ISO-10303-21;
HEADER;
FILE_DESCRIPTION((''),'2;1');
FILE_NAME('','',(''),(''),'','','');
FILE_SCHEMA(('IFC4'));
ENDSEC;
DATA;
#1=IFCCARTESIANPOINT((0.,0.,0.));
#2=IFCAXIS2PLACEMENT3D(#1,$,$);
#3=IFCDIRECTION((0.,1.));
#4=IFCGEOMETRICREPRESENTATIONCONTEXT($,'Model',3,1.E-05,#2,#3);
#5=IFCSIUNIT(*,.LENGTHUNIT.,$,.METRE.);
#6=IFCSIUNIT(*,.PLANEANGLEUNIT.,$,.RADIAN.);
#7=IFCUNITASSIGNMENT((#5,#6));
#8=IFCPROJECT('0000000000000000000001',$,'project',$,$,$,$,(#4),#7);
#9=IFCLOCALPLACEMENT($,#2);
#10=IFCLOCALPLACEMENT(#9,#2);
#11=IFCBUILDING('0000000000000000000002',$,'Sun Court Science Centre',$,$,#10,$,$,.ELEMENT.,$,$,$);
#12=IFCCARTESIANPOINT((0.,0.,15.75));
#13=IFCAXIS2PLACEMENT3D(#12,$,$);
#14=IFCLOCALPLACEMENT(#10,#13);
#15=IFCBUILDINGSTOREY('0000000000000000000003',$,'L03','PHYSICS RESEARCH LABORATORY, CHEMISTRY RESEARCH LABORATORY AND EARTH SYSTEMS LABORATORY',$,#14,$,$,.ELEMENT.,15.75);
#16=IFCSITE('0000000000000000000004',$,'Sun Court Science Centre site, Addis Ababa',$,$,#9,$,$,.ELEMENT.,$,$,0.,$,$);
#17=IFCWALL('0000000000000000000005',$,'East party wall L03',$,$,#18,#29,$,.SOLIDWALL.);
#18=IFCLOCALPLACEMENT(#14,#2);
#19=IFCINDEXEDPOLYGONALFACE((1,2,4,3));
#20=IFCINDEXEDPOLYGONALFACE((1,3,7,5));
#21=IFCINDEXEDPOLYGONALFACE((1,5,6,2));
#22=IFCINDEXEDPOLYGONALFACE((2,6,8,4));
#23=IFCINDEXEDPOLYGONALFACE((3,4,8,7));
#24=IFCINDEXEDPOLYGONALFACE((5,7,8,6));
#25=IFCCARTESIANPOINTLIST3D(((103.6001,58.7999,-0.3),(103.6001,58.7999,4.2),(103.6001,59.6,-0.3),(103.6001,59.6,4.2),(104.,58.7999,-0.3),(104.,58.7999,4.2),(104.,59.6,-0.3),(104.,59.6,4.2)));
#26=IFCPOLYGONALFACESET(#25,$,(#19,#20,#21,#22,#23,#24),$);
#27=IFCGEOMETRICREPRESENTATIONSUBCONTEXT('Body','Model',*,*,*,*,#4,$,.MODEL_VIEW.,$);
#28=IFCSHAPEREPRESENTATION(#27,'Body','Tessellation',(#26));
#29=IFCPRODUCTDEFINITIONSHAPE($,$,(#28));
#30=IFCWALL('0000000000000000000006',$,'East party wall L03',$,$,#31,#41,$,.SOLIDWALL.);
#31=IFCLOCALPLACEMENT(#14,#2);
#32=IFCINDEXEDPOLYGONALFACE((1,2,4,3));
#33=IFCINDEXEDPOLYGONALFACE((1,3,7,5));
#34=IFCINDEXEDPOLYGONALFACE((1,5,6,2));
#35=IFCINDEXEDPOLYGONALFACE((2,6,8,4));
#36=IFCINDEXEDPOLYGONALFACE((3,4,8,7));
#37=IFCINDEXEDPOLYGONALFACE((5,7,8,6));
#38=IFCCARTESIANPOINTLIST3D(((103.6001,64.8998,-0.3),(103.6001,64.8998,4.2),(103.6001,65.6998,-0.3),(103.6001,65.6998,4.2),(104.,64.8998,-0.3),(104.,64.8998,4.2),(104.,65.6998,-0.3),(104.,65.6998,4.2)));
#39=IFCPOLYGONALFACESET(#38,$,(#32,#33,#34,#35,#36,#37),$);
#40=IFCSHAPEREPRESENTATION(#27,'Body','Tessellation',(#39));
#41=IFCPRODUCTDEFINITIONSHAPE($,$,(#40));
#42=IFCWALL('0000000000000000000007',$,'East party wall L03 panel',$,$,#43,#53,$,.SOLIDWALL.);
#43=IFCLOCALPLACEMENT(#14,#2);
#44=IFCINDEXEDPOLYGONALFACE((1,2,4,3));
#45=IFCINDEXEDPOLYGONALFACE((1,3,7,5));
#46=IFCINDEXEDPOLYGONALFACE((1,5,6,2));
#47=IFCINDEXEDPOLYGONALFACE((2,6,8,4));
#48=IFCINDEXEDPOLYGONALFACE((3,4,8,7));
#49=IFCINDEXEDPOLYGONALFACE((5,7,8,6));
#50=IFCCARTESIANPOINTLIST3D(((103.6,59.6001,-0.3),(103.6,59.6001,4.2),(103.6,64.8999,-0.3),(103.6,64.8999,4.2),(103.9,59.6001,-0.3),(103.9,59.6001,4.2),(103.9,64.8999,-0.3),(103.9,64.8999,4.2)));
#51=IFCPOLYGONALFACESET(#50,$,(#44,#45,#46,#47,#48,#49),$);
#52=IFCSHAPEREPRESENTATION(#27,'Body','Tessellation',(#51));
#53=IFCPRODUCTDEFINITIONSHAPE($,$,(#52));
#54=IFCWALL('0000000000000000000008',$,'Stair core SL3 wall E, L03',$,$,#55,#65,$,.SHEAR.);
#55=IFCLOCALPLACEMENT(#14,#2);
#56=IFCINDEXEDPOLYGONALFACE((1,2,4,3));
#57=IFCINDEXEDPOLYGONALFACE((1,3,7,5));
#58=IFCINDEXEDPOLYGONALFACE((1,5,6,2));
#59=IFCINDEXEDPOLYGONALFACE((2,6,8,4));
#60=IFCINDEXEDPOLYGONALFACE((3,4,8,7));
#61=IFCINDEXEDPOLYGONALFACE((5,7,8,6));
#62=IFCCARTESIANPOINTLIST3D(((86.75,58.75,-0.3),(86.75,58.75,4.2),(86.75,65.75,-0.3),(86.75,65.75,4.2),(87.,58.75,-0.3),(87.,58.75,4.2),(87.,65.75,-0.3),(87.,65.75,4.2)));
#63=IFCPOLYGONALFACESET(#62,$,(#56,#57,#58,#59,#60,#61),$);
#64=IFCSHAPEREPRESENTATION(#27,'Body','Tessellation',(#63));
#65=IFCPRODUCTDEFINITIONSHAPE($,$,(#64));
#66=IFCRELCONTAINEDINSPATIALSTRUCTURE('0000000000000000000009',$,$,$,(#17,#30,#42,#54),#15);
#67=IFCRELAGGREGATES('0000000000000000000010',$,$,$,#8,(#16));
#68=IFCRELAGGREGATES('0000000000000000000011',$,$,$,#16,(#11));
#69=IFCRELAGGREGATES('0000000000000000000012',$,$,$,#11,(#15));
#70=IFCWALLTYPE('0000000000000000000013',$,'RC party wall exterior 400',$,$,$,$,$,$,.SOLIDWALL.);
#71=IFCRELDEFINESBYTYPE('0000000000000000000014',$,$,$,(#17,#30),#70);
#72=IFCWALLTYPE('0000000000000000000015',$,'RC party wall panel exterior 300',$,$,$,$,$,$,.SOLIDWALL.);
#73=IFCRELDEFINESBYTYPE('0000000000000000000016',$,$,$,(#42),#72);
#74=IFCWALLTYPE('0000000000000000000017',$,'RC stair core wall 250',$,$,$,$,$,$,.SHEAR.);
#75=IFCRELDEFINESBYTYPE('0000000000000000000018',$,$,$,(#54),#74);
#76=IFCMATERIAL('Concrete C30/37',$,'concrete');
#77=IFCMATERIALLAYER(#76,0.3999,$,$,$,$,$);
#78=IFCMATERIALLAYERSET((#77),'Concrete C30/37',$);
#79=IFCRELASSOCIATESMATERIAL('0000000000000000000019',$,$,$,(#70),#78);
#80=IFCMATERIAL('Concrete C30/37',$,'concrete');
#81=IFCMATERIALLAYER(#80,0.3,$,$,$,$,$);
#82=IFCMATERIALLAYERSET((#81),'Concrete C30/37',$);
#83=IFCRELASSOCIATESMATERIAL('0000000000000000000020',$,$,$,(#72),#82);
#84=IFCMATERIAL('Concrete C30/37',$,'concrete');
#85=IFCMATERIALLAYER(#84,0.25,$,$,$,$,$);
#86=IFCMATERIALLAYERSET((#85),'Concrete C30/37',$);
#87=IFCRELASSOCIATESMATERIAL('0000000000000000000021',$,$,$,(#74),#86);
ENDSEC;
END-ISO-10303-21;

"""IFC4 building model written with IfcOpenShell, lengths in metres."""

from ifc_helpers import new_model, si_unit, direction, frame, frame_2d, origin, place, context, subcontext, project, spatial, rectangle, extrude, material, layer, layer_set, type_object, element, save


model = new_model("IFC4")

# Units and contexts
model_context = context("Model", 3, precision=1e-05, world=origin(), true_north=direction((0.0, 1.0)))
body_context = subcontext(model_context, "Body", "Model", "MODEL_VIEW")
ifc_project = project(units=[si_unit("LENGTHUNIT", "METRE"), si_unit("PLANEANGLEUNIT", "RADIAN")], contexts=[model_context])

# Site, building, storey
site_placement = place(None, origin())
site = spatial("IfcSite", under=ifc_project, at=site_placement, Name="Sun Court Science Centre site, Addis Ababa", CompositionType="ELEMENT", RefElevation=0.0)
building_placement = place(site_placement, origin())
building = spatial("IfcBuilding", under=site, at=building_placement, Name="Sun Court Science Centre", CompositionType="ELEMENT")
storey_placement = place(building_placement, frame((0.0, 0.0, 15.75)))
storey = spatial("IfcBuildingStorey", under=building, at=storey_placement, Name="L03", Description="PHYSICS RESEARCH LABORATORY, CHEMISTRY RESEARCH LABORATORY AND EARTH SYSTEMS LABORATORY", CompositionType="ELEMENT", Elevation=15.75)

# Walls
ifc_material_1 = material(Name="Concrete C30/37", Category="concrete")
ifc_layer_1 = layer(ifc_material_1, 0.3999)
ifc_layer_set_1 = layer_set([ifc_layer_1], Name="Concrete C30/37")
wall_type_1 = type_object("IfcWallType", Name="RC party wall exterior 400", PredefinedType="SOLIDWALL", material=ifc_layer_set_1)
for number, where, z_axis, x_axis, name in (
    (1, (103.8, 58.8, -0.3), (0.0, 0.0, 1.0), (0.0, 1.0, 0.0), "East party wall L03"),
    (2, (103.8, 64.8999, -0.3), (0.0, 0.0, 1.0), (0.0, 1.0, 0.0), "East party wall L03"),
):
    element("IfcWall", number, at=place(storey_placement, frame(where, z_axis=z_axis, x_axis=x_axis)), inside=storey, type_object=wall_type_1, Name=name, PredefinedType="SOLIDWALL", context=body_context, shape_type="SweptSolid", body=[
        extrude(rectangle(XDim=0.8, YDim=0.3999, at=frame_2d((0.3999, 0.0))), origin(), (0.0, 0.0, 1.0), 4.5),
    ])
ifc_material_2 = material(Name="Concrete C30/37", Category="concrete")
ifc_layer_2 = layer(ifc_material_2, 0.3)
ifc_layer_set_2 = layer_set([ifc_layer_2], Name="Concrete C30/37")
wall_type_2 = type_object("IfcWallType", Name="RC party wall panel exterior 300", PredefinedType="SOLIDWALL", material=ifc_layer_set_2)
wall_1_placement = place(storey_placement, frame((103.75, 59.6001, -0.3), z_axis=(0.0, 0.0, 1.0), x_axis=(0.0, 1.0, 0.0)))
element("IfcWall", 3, at=wall_1_placement, inside=storey, type_object=wall_type_2, Name="East party wall L03 panel", PredefinedType="SOLIDWALL", context=body_context, shape_type="SweptSolid", body=[
    extrude(rectangle(XDim=5.2998, YDim=0.3, at=frame_2d((2.6499, 0.0))), origin(), (0.0, 0.0, 1.0), 4.5),
])
ifc_material_3 = material(Name="Concrete C30/37", Category="concrete")
ifc_layer_3 = layer(ifc_material_3, 0.25)
ifc_layer_set_3 = layer_set([ifc_layer_3], Name="Concrete C30/37")
wall_type_3 = type_object("IfcWallType", Name="RC stair core wall 250", PredefinedType="SHEAR", material=ifc_layer_set_3)
wall_2_placement = place(storey_placement, frame((86.875, 58.75, -0.3), z_axis=(0.0, 0.0, 1.0), x_axis=(0.0, 1.0, 0.0)))
element("IfcWall", 4, at=wall_2_placement, inside=storey, type_object=wall_type_3, Name="Stair core SL3 wall E, L03", PredefinedType="SHEAR", context=body_context, shape_type="SweptSolid", body=[
    extrude(rectangle(XDim=7.0, YDim=0.25, at=frame_2d((3.5, 0.0))), origin(), (0.0, 0.0, 1.0), 4.5),
])

save(model, "model.ifc")
